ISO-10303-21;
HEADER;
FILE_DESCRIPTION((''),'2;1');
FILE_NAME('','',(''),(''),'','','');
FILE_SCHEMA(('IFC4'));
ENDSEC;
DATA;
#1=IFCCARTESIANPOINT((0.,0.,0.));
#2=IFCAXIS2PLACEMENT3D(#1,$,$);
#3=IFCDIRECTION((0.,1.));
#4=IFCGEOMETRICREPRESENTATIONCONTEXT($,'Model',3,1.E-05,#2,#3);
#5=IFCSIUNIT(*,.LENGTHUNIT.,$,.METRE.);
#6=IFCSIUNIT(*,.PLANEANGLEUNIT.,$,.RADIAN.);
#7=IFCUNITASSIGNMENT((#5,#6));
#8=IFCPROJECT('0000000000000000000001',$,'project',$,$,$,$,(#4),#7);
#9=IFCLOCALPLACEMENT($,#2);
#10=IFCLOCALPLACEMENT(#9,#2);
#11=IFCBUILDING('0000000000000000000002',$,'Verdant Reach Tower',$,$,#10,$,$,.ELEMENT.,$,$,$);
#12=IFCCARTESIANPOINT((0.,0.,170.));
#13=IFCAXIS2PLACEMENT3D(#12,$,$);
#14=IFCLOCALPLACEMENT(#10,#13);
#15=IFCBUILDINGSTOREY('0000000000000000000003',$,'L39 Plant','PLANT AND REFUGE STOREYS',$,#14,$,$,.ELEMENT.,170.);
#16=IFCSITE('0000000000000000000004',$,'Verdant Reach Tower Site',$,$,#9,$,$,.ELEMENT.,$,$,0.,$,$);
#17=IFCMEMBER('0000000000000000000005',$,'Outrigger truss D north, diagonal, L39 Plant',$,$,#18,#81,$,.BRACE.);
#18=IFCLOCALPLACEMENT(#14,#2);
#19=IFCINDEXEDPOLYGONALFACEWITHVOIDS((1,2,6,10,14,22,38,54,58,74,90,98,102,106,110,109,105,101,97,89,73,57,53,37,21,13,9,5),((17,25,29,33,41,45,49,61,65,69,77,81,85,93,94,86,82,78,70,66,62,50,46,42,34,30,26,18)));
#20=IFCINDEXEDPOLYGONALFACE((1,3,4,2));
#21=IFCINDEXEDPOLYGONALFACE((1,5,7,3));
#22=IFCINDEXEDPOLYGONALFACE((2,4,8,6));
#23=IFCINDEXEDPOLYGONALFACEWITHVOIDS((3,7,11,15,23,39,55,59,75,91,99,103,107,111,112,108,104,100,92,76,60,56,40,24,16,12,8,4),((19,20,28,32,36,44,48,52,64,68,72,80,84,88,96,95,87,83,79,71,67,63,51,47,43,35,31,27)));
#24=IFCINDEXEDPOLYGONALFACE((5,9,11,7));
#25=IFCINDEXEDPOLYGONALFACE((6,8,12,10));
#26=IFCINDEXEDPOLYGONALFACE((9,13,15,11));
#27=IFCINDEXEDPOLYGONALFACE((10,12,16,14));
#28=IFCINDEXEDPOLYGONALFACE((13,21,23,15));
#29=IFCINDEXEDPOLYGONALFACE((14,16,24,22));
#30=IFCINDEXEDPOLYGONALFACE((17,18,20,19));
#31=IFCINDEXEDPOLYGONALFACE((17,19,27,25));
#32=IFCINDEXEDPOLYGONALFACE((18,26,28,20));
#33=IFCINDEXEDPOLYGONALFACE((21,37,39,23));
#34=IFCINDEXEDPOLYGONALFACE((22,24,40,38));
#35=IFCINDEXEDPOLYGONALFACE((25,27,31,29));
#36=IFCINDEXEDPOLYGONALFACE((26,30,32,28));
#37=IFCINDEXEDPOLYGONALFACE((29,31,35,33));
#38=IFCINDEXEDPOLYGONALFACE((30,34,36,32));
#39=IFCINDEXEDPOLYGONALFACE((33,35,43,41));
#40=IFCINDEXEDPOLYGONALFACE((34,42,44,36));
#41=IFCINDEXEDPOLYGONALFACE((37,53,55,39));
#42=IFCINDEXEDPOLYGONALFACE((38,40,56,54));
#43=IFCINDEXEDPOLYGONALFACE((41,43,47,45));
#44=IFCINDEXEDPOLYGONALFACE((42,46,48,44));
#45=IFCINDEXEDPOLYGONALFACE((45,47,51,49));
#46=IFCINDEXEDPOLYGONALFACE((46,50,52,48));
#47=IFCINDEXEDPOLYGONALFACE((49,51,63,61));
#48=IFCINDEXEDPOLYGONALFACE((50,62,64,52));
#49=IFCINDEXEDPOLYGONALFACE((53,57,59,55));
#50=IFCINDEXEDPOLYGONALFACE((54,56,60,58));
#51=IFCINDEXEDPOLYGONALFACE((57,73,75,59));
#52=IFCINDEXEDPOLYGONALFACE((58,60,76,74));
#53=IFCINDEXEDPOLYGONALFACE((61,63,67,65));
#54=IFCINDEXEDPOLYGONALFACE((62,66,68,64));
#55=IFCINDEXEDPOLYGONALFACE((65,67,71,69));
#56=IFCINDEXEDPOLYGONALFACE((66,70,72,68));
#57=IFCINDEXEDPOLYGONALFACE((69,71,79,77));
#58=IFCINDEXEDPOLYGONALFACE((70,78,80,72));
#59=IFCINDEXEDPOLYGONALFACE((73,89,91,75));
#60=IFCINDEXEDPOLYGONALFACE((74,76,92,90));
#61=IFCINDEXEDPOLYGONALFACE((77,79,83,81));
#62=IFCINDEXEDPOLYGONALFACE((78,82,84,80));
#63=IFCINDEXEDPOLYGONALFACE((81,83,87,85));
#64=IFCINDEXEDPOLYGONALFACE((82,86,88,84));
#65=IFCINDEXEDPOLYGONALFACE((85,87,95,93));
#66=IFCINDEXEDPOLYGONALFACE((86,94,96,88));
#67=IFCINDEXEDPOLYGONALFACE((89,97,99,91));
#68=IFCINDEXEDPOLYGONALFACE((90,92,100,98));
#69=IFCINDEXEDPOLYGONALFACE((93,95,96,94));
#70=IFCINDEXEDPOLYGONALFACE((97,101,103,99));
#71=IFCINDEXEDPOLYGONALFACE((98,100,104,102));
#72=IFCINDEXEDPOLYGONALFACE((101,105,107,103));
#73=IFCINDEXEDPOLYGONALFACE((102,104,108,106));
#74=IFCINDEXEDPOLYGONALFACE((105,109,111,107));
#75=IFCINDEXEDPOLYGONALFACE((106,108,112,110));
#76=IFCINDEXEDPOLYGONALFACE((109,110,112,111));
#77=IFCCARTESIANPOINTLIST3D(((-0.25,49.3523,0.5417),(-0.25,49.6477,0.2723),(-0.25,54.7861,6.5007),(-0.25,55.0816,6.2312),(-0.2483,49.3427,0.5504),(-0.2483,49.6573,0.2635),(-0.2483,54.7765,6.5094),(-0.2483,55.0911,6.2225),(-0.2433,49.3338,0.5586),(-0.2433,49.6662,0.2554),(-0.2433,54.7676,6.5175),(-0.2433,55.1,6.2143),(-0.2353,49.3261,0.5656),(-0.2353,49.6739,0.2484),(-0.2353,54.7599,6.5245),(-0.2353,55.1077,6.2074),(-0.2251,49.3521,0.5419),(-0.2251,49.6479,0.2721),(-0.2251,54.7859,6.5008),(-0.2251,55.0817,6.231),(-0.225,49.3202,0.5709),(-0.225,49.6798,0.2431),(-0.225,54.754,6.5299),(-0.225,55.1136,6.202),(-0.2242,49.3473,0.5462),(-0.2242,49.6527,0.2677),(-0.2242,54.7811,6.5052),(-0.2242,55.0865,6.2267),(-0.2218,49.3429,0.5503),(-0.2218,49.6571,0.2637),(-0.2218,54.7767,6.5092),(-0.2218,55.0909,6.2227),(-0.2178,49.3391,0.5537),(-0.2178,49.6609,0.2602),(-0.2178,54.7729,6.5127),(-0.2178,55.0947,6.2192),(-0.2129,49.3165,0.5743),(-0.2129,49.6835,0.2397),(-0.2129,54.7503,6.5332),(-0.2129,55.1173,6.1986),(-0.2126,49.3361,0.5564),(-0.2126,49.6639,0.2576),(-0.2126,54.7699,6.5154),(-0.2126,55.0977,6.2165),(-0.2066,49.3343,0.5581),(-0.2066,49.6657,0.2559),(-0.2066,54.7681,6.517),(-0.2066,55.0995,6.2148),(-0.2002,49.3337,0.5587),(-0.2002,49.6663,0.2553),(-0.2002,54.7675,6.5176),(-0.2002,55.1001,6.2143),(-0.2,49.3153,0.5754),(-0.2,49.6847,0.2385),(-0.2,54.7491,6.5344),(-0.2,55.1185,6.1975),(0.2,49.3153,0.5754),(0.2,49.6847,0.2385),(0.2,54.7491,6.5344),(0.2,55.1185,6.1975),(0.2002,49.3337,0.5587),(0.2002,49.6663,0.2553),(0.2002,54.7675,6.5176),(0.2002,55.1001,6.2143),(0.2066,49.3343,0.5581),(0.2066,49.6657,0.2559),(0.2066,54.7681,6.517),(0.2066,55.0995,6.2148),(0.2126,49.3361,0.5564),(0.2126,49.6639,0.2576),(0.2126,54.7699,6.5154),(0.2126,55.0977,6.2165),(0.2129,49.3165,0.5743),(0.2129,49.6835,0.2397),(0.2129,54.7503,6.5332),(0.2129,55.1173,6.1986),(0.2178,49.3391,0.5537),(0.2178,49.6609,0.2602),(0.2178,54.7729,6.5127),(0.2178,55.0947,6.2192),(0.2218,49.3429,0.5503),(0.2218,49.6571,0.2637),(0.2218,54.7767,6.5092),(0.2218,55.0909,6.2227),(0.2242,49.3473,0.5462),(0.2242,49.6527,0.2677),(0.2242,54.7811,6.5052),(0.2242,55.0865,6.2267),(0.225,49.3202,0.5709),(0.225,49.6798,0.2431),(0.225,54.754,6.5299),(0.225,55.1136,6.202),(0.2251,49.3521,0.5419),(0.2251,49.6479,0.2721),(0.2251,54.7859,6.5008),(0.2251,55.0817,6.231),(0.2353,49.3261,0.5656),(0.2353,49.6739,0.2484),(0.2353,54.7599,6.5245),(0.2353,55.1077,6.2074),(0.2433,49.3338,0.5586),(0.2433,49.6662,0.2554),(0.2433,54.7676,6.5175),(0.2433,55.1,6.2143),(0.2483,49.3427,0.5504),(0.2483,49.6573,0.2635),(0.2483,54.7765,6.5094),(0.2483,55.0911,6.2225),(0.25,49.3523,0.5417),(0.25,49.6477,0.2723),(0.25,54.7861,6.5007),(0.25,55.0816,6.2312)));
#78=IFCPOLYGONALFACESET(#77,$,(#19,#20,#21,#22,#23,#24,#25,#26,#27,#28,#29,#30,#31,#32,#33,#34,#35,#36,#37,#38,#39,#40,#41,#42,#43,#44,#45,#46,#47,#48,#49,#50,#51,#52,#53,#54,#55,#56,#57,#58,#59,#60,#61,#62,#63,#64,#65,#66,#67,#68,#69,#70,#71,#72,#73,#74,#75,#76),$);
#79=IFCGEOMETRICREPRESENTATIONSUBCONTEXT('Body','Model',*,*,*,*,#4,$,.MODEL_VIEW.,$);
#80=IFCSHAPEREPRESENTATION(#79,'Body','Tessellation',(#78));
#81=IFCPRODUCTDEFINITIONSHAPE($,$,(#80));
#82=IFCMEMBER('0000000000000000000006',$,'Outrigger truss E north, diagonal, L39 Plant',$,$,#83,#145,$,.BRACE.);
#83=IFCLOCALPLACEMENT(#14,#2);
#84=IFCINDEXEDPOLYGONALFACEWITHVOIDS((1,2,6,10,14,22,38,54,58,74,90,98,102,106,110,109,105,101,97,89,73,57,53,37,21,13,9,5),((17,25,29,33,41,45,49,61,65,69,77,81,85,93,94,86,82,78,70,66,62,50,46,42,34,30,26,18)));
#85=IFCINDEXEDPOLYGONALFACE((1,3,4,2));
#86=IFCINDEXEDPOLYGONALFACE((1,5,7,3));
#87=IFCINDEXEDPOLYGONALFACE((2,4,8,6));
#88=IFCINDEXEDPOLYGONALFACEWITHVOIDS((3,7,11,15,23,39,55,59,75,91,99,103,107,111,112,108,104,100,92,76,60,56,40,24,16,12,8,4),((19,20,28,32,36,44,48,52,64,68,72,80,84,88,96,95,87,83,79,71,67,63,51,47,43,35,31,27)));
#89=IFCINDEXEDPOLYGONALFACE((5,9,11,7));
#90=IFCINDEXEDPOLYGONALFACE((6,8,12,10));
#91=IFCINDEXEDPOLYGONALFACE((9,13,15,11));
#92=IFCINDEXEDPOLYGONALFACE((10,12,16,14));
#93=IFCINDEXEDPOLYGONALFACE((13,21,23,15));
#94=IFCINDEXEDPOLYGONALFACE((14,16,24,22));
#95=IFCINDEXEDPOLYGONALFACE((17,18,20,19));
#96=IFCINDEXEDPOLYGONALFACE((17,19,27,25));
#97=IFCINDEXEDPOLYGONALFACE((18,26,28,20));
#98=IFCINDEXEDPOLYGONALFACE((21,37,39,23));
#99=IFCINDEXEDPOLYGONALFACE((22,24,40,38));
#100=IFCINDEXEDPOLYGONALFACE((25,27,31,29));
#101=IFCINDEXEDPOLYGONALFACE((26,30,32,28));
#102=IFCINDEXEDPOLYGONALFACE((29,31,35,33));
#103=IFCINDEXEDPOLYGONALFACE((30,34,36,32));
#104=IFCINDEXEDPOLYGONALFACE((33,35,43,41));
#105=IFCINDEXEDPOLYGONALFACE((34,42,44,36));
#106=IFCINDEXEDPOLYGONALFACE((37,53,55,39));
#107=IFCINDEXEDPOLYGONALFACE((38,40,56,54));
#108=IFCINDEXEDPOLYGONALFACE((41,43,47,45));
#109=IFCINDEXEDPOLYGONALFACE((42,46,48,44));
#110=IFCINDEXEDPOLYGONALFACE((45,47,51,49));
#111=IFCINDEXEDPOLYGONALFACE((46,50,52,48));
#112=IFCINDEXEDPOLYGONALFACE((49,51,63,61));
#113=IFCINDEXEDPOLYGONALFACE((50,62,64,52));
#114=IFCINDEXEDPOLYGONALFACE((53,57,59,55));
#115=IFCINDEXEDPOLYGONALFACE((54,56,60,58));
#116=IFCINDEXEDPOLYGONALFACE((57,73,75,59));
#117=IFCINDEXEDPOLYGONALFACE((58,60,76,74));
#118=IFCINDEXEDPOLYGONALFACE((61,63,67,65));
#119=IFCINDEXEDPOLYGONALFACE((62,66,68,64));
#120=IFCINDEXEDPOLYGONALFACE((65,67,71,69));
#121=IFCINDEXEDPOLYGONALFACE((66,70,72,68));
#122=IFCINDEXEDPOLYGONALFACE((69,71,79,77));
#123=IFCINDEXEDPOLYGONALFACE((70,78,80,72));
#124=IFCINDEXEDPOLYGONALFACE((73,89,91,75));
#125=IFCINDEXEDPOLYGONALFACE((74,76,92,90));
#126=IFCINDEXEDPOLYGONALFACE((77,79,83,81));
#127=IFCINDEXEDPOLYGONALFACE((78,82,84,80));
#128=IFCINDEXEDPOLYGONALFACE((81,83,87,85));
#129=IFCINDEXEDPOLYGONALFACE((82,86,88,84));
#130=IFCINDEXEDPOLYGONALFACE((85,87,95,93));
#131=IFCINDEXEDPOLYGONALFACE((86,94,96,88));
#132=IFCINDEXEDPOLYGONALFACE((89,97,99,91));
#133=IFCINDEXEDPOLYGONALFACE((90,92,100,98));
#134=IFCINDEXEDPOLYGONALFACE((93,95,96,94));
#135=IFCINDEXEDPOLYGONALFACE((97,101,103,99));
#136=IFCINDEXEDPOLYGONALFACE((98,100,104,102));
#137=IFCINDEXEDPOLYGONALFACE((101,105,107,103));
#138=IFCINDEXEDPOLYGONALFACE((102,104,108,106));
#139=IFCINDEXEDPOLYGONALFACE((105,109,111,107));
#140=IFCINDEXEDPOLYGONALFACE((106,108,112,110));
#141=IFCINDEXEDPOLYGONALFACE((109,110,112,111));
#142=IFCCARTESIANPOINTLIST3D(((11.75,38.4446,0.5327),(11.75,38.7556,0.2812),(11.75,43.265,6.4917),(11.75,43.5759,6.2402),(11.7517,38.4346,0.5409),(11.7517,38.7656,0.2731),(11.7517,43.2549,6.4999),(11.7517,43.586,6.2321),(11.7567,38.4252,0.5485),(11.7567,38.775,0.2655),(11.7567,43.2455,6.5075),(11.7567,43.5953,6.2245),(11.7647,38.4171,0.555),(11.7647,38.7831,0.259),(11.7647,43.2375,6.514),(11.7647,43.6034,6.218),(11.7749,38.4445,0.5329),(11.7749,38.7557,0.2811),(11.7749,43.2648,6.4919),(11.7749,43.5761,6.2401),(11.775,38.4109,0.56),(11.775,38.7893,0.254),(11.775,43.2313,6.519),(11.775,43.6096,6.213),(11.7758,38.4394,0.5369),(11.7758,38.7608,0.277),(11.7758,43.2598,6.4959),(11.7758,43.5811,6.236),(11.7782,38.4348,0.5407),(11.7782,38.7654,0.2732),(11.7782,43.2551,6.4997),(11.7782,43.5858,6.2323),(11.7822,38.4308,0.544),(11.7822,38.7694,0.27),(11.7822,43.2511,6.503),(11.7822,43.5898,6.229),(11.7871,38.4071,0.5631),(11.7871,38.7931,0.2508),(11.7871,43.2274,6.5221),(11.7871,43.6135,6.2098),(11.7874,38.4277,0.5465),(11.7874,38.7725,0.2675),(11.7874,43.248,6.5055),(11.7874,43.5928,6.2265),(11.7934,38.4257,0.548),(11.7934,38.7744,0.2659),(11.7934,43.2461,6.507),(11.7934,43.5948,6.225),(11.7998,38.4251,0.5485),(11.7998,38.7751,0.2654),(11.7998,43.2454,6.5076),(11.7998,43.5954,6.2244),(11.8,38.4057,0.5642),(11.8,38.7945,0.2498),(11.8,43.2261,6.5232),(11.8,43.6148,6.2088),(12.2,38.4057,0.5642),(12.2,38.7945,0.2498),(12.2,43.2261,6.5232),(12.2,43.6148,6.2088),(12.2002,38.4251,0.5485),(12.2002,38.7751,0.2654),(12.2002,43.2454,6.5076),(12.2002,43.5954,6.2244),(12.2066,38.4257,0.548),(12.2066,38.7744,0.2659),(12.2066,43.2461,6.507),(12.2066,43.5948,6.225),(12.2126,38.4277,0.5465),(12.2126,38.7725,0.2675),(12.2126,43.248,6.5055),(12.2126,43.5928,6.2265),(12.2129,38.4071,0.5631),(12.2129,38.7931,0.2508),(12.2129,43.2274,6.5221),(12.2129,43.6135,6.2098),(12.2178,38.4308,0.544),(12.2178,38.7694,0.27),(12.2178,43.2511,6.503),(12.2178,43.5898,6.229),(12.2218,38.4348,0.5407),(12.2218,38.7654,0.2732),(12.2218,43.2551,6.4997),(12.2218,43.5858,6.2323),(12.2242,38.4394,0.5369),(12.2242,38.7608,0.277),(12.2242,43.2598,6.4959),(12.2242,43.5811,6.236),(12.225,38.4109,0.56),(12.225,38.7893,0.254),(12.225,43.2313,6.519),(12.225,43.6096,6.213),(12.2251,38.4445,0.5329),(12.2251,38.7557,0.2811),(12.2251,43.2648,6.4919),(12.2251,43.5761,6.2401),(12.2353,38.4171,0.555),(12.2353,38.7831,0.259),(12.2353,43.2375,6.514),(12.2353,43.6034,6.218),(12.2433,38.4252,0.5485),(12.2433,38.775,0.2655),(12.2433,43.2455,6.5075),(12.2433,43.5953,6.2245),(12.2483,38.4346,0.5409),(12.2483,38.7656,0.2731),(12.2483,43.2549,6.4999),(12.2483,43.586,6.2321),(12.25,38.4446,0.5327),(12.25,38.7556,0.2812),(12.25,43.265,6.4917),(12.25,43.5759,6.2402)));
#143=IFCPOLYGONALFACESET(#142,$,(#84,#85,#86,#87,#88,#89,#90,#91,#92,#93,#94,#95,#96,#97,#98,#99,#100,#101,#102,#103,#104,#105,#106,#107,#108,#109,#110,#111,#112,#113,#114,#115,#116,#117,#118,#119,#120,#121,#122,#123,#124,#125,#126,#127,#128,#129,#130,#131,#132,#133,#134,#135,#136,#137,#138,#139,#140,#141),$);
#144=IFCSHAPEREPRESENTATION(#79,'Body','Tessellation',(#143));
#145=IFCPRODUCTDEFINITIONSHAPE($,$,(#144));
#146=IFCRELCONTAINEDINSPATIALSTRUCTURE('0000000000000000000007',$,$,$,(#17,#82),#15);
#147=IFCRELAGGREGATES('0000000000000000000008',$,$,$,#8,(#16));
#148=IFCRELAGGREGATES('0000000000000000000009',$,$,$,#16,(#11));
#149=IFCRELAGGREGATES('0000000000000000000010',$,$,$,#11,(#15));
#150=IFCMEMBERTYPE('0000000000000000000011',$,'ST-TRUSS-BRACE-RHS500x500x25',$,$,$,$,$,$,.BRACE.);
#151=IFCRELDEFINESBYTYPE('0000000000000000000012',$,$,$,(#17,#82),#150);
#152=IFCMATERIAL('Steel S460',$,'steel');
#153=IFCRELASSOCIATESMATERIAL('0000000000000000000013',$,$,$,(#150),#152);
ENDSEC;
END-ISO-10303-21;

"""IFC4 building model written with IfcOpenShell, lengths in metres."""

from ifc_helpers import new_model, si_unit, direction, frame, origin, origin_2d, place, context, subcontext, project, spatial, hollow_rectangle, extrude, material, material_profile, profile_set, type_object, element, save


model = new_model("IFC4")

# Units and contexts
model_context = context("Model", 3, precision=1e-05, world=origin(), true_north=direction((0.0, 1.0)))
body_context = subcontext(model_context, "Body", "Model", "MODEL_VIEW")
ifc_project = project(units=[si_unit("LENGTHUNIT", "METRE"), si_unit("PLANEANGLEUNIT", "RADIAN")], contexts=[model_context])

# Site, building, storey
site_placement = place(None, origin())
site = spatial("IfcSite", under=ifc_project, at=site_placement, Name="Verdant Reach Tower Site", CompositionType="ELEMENT", RefElevation=0.0)
building_placement = place(site_placement, origin())
building = spatial("IfcBuilding", under=site, at=building_placement, Name="Verdant Reach Tower", CompositionType="ELEMENT")
storey_placement = place(building_placement, frame((0.0, 0.0, 170.0)))
storey = spatial("IfcBuildingStorey", under=building, at=storey_placement, Name="L39 Plant", Description="PLANT AND REFUGE STOREYS", CompositionType="ELEMENT", Elevation=170.0)

# Shared definitions
ifc_material_1 = material(Name="Steel S460", Category="steel")

# Members
ifc_material_profile_1 = material_profile(ifc_material_1, hollow_rectangle(XDim=0.5, YDim=0.5, WallThickness=0.0249, InnerFilletRadius=0.0249, OuterFilletRadius=0.05, at=origin_2d()), Name="RHS 500x500x25")
ifc_profile_set_1 = profile_set([ifc_material_profile_1], Name="Steel S460")
member_type_1 = type_object("IfcMemberType", Name="ST-TRUSS-BRACE-RHS500x500x25", PredefinedType="BRACE", material=ifc_profile_set_1)
member_1_placement = place(storey_placement, frame((0.0, 49.5, 0.407), z_axis=(0.0, 0.673798, 0.738916), x_axis=(-1.0, 0.0, 0.0)))
element("IfcMember", 1, at=member_1_placement, inside=storey, type_object=member_type_1, Name="Outrigger truss D north, diagonal, L39 Plant", PredefinedType="BRACE", context=body_context, shape_type="SweptSolid", body=[
    extrude(hollow_rectangle(XDim=0.5, YDim=0.5, WallThickness=0.0249, InnerFilletRadius=0.0249, OuterFilletRadius=0.05, at=origin_2d()), origin(), (0.0, 0.0, 1.0), 8.0645),
])
member_2_placement = place(storey_placement, frame((12.0, 38.6001, 0.407), z_axis=(0.0, 0.628912, 0.777476), x_axis=(-1.0, 0.0, 0.0)))
element("IfcMember", 2, at=member_2_placement, inside=storey, type_object=member_type_1, Name="Outrigger truss E north, diagonal, L39 Plant", PredefinedType="BRACE", context=body_context, shape_type="SweptSolid", body=[
    extrude(hollow_rectangle(XDim=0.5, YDim=0.5, WallThickness=0.0249, InnerFilletRadius=0.0249, OuterFilletRadius=0.05, at=origin_2d()), origin(), (0.0, 0.0, 1.0), 7.6646),
])

save(model, "model.ifc")
